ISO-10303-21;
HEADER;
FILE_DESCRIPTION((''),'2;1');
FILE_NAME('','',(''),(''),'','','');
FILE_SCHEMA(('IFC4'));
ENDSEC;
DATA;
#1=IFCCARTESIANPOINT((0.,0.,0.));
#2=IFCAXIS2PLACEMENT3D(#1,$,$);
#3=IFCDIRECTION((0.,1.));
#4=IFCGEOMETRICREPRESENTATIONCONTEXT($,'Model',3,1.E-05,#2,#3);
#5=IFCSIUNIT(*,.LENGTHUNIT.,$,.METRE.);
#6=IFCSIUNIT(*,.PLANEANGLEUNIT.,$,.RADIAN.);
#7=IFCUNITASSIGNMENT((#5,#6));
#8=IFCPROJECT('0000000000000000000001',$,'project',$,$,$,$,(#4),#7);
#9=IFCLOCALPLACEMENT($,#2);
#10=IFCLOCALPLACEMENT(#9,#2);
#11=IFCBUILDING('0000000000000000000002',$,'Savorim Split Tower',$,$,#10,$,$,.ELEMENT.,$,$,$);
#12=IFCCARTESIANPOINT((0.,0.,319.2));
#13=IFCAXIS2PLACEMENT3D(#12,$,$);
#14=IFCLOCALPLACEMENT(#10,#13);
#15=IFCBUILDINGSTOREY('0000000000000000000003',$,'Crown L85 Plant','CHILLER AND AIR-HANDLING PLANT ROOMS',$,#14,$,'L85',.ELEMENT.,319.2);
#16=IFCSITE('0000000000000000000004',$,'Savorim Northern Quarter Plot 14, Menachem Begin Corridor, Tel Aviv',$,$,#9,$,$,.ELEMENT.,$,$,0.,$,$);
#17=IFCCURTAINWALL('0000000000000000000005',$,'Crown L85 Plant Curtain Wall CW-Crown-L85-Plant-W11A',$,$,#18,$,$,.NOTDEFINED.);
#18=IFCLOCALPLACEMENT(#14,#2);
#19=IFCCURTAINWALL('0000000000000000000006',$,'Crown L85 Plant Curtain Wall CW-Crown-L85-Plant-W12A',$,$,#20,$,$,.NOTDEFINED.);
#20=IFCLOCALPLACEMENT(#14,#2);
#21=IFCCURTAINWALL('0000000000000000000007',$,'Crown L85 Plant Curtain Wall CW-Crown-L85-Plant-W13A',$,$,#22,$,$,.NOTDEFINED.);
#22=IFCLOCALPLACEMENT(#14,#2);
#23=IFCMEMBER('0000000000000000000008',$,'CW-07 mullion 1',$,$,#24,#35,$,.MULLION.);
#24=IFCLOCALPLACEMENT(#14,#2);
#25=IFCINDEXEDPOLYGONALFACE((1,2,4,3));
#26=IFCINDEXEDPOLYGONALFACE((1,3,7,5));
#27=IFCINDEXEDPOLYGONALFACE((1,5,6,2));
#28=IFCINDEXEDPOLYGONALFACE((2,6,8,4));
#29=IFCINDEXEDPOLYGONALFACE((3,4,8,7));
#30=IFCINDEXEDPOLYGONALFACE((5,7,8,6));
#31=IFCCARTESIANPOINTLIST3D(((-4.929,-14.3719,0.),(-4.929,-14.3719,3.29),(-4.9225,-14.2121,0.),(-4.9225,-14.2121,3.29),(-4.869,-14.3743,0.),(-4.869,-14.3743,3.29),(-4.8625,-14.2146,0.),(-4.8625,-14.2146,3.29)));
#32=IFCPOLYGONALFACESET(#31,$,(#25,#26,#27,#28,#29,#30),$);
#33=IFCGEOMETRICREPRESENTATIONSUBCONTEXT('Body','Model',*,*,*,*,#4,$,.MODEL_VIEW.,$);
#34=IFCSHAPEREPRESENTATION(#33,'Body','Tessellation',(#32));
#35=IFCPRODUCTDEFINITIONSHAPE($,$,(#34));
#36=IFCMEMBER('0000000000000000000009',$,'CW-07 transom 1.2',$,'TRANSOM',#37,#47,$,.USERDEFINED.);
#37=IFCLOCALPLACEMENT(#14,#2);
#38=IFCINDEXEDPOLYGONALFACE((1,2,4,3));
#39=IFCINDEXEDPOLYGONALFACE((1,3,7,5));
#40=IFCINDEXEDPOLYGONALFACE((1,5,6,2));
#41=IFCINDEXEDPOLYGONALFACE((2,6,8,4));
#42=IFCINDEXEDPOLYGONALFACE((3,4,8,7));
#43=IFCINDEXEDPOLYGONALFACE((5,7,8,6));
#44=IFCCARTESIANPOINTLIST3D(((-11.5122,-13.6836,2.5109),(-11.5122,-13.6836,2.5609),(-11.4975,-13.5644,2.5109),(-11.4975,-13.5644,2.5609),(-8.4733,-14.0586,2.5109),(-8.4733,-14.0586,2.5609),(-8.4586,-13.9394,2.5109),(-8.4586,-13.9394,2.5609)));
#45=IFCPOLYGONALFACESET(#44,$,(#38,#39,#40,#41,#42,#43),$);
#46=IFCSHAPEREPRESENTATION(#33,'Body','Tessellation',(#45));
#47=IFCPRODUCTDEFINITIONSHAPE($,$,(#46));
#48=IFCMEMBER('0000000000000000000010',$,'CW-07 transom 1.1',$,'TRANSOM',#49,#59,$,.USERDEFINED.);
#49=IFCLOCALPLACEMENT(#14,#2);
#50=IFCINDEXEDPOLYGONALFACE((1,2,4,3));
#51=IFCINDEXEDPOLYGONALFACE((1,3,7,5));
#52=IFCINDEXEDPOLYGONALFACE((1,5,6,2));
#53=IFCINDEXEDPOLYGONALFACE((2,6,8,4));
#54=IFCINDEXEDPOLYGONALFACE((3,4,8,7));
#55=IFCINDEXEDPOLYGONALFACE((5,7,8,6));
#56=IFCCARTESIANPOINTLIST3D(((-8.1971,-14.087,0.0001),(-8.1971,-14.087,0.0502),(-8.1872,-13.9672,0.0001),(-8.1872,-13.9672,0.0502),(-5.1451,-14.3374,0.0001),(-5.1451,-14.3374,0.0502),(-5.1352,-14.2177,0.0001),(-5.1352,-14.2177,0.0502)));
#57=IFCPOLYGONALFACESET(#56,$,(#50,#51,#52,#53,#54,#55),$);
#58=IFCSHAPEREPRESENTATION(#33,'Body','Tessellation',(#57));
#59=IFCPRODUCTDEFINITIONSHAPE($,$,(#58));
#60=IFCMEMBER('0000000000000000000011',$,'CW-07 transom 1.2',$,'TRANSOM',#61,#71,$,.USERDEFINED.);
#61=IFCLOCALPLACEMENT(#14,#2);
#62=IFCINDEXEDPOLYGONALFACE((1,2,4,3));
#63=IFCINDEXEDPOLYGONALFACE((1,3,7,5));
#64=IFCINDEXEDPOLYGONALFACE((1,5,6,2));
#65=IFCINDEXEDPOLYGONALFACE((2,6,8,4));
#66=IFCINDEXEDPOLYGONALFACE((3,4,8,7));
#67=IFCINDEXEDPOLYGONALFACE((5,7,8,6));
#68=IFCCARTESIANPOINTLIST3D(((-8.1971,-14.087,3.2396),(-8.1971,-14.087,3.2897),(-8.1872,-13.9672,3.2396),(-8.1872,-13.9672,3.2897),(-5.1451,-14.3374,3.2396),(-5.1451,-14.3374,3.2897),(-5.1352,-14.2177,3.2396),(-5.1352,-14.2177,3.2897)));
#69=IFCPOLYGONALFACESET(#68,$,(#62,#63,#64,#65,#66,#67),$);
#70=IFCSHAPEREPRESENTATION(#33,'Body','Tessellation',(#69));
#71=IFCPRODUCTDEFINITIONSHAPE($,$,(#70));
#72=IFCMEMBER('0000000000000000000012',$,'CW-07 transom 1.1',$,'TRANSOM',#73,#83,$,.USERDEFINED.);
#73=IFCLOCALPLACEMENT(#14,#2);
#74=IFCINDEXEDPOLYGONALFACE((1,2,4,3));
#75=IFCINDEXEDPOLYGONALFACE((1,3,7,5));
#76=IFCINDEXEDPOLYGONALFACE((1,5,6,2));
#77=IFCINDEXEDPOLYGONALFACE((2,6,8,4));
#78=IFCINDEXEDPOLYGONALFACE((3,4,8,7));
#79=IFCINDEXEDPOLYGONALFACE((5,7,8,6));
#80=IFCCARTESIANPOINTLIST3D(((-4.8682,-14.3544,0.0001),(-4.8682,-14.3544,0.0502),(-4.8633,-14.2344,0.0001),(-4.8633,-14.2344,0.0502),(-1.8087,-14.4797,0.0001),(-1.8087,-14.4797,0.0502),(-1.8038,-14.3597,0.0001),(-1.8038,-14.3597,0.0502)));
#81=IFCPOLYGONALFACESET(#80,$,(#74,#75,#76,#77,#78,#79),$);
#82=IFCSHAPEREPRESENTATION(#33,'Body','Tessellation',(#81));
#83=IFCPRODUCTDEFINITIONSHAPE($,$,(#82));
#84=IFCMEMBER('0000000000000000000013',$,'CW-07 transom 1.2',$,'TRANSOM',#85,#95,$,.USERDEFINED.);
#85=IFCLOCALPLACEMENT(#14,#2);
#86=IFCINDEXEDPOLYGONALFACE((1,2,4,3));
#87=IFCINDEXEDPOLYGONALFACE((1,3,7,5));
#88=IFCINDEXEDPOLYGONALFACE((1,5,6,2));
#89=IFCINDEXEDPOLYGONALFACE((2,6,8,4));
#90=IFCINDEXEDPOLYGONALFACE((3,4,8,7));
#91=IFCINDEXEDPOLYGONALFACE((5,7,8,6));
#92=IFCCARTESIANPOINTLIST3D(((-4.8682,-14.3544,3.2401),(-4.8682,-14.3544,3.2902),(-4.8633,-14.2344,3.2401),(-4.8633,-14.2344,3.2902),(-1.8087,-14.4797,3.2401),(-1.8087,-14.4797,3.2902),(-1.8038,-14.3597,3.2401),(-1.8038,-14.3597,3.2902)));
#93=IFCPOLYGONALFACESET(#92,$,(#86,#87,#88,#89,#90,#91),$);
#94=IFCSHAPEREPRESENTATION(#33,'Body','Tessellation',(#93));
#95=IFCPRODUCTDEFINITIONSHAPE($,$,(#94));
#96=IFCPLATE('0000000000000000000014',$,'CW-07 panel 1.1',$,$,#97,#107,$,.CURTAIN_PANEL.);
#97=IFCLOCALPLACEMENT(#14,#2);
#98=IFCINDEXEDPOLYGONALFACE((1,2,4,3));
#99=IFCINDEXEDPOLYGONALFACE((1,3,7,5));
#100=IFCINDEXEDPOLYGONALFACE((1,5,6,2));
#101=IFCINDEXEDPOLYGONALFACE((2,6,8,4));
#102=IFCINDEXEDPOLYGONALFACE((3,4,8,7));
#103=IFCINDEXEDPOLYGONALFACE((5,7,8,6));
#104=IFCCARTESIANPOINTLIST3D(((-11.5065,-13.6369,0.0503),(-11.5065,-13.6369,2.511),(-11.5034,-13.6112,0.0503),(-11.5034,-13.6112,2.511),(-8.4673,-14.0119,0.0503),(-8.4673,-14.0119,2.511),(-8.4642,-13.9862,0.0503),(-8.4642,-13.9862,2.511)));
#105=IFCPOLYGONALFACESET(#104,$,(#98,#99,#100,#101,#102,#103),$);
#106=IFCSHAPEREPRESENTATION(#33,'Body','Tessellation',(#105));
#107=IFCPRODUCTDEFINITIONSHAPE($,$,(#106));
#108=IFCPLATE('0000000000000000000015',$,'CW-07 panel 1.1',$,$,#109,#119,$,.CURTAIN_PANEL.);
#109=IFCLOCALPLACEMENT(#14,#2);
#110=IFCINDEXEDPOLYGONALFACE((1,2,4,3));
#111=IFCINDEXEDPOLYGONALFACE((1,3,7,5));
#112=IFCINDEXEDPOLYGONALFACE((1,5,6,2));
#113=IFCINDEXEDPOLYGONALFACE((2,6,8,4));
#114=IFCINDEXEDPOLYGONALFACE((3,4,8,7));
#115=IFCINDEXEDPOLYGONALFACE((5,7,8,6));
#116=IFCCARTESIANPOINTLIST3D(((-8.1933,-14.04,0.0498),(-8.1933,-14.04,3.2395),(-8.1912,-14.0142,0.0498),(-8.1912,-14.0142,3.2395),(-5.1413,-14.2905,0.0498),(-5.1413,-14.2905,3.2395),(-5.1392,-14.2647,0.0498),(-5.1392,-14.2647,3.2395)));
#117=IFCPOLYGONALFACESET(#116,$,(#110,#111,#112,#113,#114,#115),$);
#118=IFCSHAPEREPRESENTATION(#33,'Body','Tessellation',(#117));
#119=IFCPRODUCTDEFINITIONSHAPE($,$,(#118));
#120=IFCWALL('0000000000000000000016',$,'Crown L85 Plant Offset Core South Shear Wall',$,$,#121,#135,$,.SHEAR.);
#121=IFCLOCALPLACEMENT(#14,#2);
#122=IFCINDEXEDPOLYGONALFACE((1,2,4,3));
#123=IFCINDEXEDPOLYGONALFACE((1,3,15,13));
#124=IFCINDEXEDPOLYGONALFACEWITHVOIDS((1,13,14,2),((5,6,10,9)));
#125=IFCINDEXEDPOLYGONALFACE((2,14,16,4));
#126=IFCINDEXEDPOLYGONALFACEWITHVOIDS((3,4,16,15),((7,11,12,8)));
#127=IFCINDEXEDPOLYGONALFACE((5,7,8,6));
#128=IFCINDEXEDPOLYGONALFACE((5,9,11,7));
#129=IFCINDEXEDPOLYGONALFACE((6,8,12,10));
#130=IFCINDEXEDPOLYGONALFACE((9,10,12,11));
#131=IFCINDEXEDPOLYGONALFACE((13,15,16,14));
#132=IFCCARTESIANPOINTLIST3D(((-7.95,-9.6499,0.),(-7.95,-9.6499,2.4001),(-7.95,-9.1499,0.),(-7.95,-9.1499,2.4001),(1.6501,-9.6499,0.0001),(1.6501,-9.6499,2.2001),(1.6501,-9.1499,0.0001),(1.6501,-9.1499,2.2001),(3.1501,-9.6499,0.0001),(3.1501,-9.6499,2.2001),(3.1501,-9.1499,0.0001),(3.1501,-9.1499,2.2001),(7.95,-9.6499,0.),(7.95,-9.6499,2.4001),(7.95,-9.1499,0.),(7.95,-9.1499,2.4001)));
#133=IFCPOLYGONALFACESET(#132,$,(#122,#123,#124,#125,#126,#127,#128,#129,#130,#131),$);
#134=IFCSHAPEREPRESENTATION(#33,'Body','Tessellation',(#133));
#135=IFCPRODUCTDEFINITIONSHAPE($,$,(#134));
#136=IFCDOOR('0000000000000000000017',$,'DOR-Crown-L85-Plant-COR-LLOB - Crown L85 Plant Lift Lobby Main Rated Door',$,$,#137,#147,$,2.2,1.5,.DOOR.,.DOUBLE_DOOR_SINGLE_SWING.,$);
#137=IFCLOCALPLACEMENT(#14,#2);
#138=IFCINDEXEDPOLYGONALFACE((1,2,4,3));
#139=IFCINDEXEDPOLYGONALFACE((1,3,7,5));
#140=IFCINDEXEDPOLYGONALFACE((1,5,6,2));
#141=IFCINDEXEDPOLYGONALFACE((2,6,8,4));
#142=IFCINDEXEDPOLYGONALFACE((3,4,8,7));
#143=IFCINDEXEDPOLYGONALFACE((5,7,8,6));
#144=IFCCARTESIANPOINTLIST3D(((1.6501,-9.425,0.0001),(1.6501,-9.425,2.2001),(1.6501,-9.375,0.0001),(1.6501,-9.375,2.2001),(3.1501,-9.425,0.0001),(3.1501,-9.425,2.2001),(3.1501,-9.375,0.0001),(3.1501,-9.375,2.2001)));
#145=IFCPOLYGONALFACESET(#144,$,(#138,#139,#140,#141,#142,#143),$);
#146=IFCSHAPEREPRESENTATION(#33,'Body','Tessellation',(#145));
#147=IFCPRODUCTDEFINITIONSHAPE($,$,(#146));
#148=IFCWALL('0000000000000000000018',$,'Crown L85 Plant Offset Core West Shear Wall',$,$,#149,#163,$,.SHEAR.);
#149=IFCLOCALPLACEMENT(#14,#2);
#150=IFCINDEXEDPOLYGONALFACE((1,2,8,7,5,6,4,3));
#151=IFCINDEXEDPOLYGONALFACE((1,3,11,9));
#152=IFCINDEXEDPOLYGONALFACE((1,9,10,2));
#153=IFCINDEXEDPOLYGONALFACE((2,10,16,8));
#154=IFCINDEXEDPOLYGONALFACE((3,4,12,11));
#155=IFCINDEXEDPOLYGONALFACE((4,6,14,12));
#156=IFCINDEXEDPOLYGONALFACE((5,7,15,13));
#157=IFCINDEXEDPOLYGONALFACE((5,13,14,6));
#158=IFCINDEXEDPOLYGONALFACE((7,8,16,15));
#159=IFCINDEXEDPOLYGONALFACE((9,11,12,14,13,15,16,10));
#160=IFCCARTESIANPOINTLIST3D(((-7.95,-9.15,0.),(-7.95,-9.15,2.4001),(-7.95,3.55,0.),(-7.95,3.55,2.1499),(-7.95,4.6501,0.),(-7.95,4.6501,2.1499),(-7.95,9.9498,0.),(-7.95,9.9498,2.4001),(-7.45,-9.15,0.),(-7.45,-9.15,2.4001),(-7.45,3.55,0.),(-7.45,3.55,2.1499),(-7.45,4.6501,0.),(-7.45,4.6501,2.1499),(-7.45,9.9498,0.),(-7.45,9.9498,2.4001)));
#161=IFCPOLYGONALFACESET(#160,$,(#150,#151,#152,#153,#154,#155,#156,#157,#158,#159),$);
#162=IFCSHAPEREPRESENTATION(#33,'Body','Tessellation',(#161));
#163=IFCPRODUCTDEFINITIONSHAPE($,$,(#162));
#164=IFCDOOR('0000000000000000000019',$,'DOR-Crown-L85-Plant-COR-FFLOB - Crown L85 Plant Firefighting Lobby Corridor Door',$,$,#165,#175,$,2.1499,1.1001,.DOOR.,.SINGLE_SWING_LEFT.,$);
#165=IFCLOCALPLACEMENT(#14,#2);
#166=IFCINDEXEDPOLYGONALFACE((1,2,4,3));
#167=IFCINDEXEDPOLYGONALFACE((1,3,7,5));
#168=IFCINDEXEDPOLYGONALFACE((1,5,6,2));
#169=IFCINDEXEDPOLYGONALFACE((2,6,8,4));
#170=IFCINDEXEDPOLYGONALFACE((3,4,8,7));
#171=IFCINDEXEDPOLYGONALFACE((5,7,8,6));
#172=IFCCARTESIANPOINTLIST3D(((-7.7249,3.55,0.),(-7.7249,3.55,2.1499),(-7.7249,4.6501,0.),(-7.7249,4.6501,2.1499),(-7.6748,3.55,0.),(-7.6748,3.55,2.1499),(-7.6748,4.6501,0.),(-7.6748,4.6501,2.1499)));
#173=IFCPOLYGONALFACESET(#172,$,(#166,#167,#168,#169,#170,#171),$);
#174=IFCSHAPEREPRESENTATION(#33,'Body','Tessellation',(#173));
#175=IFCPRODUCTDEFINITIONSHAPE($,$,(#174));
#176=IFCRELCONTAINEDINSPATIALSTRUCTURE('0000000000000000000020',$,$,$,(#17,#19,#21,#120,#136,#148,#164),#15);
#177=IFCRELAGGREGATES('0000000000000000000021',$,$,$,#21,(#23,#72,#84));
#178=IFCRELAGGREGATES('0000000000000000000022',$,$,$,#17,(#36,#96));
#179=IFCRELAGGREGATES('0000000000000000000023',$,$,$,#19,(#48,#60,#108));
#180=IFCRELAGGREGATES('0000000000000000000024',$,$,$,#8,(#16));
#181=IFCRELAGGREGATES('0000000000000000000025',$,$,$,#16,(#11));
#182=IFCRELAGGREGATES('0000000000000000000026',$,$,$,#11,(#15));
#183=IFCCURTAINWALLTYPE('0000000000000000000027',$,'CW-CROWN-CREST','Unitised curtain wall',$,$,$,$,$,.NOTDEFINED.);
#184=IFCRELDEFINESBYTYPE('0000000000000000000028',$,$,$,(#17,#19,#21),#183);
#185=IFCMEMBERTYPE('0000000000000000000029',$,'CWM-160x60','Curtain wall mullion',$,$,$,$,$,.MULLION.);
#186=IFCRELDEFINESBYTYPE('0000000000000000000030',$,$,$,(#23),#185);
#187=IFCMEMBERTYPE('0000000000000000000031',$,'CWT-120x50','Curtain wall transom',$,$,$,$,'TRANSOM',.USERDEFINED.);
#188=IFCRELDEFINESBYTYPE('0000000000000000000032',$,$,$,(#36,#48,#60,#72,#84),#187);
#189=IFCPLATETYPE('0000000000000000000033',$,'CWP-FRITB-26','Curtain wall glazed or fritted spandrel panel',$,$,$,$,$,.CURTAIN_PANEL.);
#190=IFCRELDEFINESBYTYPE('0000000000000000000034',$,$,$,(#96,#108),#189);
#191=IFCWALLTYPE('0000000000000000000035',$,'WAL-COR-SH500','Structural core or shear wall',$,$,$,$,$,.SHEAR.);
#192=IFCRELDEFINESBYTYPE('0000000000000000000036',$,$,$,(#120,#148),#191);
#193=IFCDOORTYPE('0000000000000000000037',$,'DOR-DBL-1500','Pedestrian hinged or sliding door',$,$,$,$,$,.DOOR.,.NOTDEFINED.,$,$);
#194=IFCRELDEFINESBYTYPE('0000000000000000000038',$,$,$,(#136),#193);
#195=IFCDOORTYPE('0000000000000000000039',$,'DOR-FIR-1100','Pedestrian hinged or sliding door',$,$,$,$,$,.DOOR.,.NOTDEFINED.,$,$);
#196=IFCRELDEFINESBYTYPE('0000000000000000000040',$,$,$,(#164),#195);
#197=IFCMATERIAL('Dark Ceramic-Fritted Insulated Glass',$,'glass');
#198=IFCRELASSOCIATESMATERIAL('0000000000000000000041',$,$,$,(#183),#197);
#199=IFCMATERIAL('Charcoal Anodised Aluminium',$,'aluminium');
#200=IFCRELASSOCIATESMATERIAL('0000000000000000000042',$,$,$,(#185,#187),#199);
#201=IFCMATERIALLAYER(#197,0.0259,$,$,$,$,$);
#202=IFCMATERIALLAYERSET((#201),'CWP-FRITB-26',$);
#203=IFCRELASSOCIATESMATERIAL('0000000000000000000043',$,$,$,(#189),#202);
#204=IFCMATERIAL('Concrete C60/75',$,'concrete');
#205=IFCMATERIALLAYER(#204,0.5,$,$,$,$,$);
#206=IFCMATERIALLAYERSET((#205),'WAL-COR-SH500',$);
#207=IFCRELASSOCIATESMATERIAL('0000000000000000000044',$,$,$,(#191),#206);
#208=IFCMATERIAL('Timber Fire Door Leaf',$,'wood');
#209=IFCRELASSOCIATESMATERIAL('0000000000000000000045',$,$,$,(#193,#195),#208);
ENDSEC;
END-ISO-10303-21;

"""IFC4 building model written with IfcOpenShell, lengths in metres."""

from ifc_helpers import new_model, si_unit, direction, frame, frame_2d, origin, origin_2d, place, context, subcontext, project, spatial, rectangle, extrude, material, layer, layer_set, material_profile, profile_set, type_object, element, fill, aggregate, save


model = new_model("IFC4")

# Units and contexts
model_context = context("Model", 3, precision=1e-05, world=origin(), true_north=direction((0.0, 1.0)))
body_context = subcontext(model_context, "Body", "Model", "MODEL_VIEW")
ifc_project = project(units=[si_unit("LENGTHUNIT", "METRE"), si_unit("PLANEANGLEUNIT", "RADIAN")], contexts=[model_context])

# Site, building, storey
site_placement = place(None, origin())
site = spatial("IfcSite", under=ifc_project, at=site_placement, Name="Savorim Northern Quarter Plot 14, Menachem Begin Corridor, Tel Aviv", CompositionType="ELEMENT", RefElevation=0.0)
building_placement = place(site_placement, origin())
building = spatial("IfcBuilding", under=site, at=building_placement, Name="Savorim Split Tower", CompositionType="ELEMENT")
storey_placement = place(building_placement, frame((0.0, 0.0, 319.2)))
storey = spatial("IfcBuildingStorey", under=building, at=storey_placement, Name="Crown L85 Plant", Description="CHILLER AND AIR-HANDLING PLANT ROOMS", LongName="L85", CompositionType="ELEMENT", Elevation=319.2)

# Curtain wall
ifc_material_1 = material(Name="Dark Ceramic-Fritted Insulated Glass", Category="glass")
curtain_wall_type = type_object("IfcCurtainWallType", Name="CW-CROWN-CREST", Description="Unitised curtain wall", PredefinedType="NOTDEFINED", material=ifc_material_1)
curtain_wall_1_placement = place(storey_placement, origin())
curtain_wall_1 = element("IfcCurtainWall", 1, at=curtain_wall_1_placement, inside=storey, type_object=curtain_wall_type, Name="Crown L85 Plant Curtain Wall CW-Crown-L85-Plant-W11A", PredefinedType="NOTDEFINED")
ifc_material_2 = material(Name="Charcoal Anodised Aluminium", Category="aluminium")
ifc_material_profile_1 = material_profile(ifc_material_2, rectangle(XDim=0.1599, YDim=0.0601, at=origin_2d()), Name="ALU-M 160x60")
ifc_profile_set_1 = profile_set([ifc_material_profile_1], Name="Charcoal Anodised Aluminium")
member_type_1 = type_object("IfcMemberType", Name="CWM-160x60", Description="Curtain wall mullion", PredefinedType="MULLION", material=ifc_profile_set_1)

# Curtain wall
curtain_wall_2_placement = place(storey_placement, origin())
curtain_wall_2 = element("IfcCurtainWall", 2, at=curtain_wall_2_placement, inside=storey, type_object=curtain_wall_type, Name="Crown L85 Plant Curtain Wall CW-Crown-L85-Plant-W12A", PredefinedType="NOTDEFINED")

# Curtain wall, member
curtain_wall_3_placement = place(storey_placement, origin())
curtain_wall_3 = element("IfcCurtainWall", 3, at=curtain_wall_3_placement, inside=storey, type_object=curtain_wall_type, Name="Crown L85 Plant Curtain Wall CW-Crown-L85-Plant-W13A", PredefinedType="NOTDEFINED")
member_1_placement = place(storey_placement, frame((-4.8958, -14.2932, 0.0), z_axis=(0.0, 0.0, 1.0), x_axis=(0.040883, 0.999164, 0.0)))
member_1 = element("IfcMember", 4, at=member_1_placement, type_object=member_type_1, Name="CW-07 mullion 1", PredefinedType="MULLION", context=body_context, shape_type="SweptSolid", body=[
    extrude(rectangle(XDim=0.1599, YDim=0.0601, at=origin_2d()), origin(), (0.0, 0.0, 1.0), 3.29),
])

# Members
ifc_material_profile_2 = material_profile(ifc_material_2, rectangle(XDim=0.1201, YDim=0.05, at=origin_2d()), Name="ALU-T 120x50")
ifc_profile_set_2 = profile_set([ifc_material_profile_2], Name="Charcoal Anodised Aluminium")
member_type_2 = type_object("IfcMemberType", Name="CWT-120x50", Description="Curtain wall transom", ElementType="TRANSOM", PredefinedType="USERDEFINED", material=ifc_profile_set_2)
member_2_placement = place(storey_placement, frame((-11.5049, -13.624, 2.5359), z_axis=(0.992473, -0.122465, 0.0), x_axis=(0.122465, 0.992473, 0.0)))
member_2 = element("IfcMember", 5, at=member_2_placement, type_object=member_type_2, Name="CW-07 transom 1.2", ObjectType="TRANSOM", PredefinedType="USERDEFINED", context=body_context, shape_type="SweptSolid", body=[
    extrude(rectangle(XDim=0.1201, YDim=0.05, at=origin_2d()), origin(), (0.0, 0.0, 1.0), 3.062),
])
member_3_placement = place(storey_placement, frame((-8.1921, -14.0271, 0.0251), z_axis=(0.996649, -0.081798, 0.0), x_axis=(0.081798, 0.996649, 0.0)))
member_3 = element("IfcMember", 6, at=member_3_placement, type_object=member_type_2, Name="CW-07 transom 1.1", ObjectType="TRANSOM", PredefinedType="USERDEFINED", context=body_context, shape_type="SweptSolid", body=[
    extrude(rectangle(XDim=0.1201, YDim=0.05, at=origin_2d()), origin(), (0.0, 0.0, 1.0), 3.0623),
])
member_4_placement = place(storey_placement, frame((-8.1921, -14.0271, 3.2646), z_axis=(0.996649, -0.081798, 0.0), x_axis=(0.081798, 0.996649, 0.0)))
member_4 = element("IfcMember", 7, at=member_4_placement, type_object=member_type_2, Name="CW-07 transom 1.2", ObjectType="TRANSOM", PredefinedType="USERDEFINED", context=body_context, shape_type="SweptSolid", body=[
    extrude(rectangle(XDim=0.1201, YDim=0.05, at=origin_2d()), origin(), (0.0, 0.0, 1.0), 3.0623),
])
member_5_placement = place(storey_placement, frame((-4.8657, -14.2944, 0.0251), z_axis=(0.999163, -0.040901, 0.0), x_axis=(0.040901, 0.999163, 0.0)))
member_5 = element("IfcMember", 8, at=member_5_placement, type_object=member_type_2, Name="CW-07 transom 1.1", ObjectType="TRANSOM", PredefinedType="USERDEFINED", context=body_context, shape_type="SweptSolid", body=[
    extrude(rectangle(XDim=0.1201, YDim=0.05, at=origin_2d()), origin(), (0.0, 0.0, 1.0), 3.062),
])
member_6_placement = place(storey_placement, frame((-4.8657, -14.2944, 3.2651), z_axis=(0.999163, -0.040901, 0.0), x_axis=(0.040901, 0.999163, 0.0)))
member_6 = element("IfcMember", 9, at=member_6_placement, type_object=member_type_2, Name="CW-07 transom 1.2", ObjectType="TRANSOM", PredefinedType="USERDEFINED", context=body_context, shape_type="SweptSolid", body=[
    extrude(rectangle(XDim=0.1201, YDim=0.05, at=origin_2d()), origin(), (0.0, 0.0, 1.0), 3.062),
])
aggregate(curtain_wall_3, [member_1, member_5, member_6])

# Plates
ifc_layer_1 = layer(ifc_material_1, 0.0259)
ifc_layer_set_1 = layer_set([ifc_layer_1], Name="CWP-FRITB-26")
plate_type = type_object("IfcPlateType", Name="CWP-FRITB-26", Description="Curtain wall glazed or fritted spandrel panel", PredefinedType="CURTAIN_PANEL", material=ifc_layer_set_1)
plate_1_placement = place(storey_placement, frame((-9.9854, -13.8115, 0.0503), z_axis=(0.0, 0.0, 1.0), x_axis=(0.992473, -0.122464, 0.0)))
plate_1 = element("IfcPlate", 10, at=plate_1_placement, type_object=plate_type, Name="CW-07 panel 1.1", PredefinedType="CURTAIN_PANEL", context=body_context, shape_type="SweptSolid", body=[
    extrude(rectangle(XDim=3.0623, YDim=0.0259, at=origin_2d()), origin(), (0.0, 0.0, 1.0), 2.4607),
])
aggregate(curtain_wall_1, [member_2, plate_1])
plate_2_placement = place(storey_placement, frame((-6.6663, -14.1523, 0.0498), z_axis=(0.0, 0.0, 1.0), x_axis=(0.996649, -0.081797, 0.0)))
plate_2 = element("IfcPlate", 11, at=plate_2_placement, type_object=plate_type, Name="CW-07 panel 1.1", PredefinedType="CURTAIN_PANEL", context=body_context, shape_type="SweptSolid", body=[
    extrude(rectangle(XDim=3.0623, YDim=0.0259, at=origin_2d()), origin(), (0.0, 0.0, 1.0), 3.1897),
])
aggregate(curtain_wall_2, [member_3, member_4, plate_2])

# Walls, openings, doors
ifc_material_3 = material(Name="Concrete C60/75", Category="concrete")
ifc_layer_2 = layer(ifc_material_3, 0.5)
ifc_layer_set_2 = layer_set([ifc_layer_2], Name="WAL-COR-SH500")
wall_type_1 = type_object("IfcWallType", Name="WAL-COR-SH500", Description="Structural core or shear wall", PredefinedType="SHEAR", material=ifc_layer_set_2)
wall_1_placement = place(storey_placement, frame((-7.95, -9.3999, 0.0), z_axis=(0.0, 0.0, 1.0), x_axis=(1.0, 0.0, 0.0)))
wall_1 = element("IfcWall", 12, at=wall_1_placement, inside=storey, type_object=wall_type_1, Name="Crown L85 Plant Offset Core South Shear Wall", PredefinedType="SHEAR", context=body_context, shape_type="SweptSolid", body=[
    extrude(rectangle(XDim=15.8999, YDim=0.5, at=frame_2d((7.95, 0.0))), origin(), (0.0, 0.0, 1.0), 2.4001),
])
opening_1_placement = place(wall_1_placement, frame((9.6001, 0.0, 0.0)))
opening_1 = element("IfcOpeningElement", 13, at=opening_1_placement, cuts=wall_1, PredefinedType="OPENING", context=body_context, shape_type="SweptSolid", body=[
    extrude(rectangle(XDim=1.5, YDim=2.2, at=frame_2d((0.75, 1.1001))), frame((0.0, 0.26, 0.0), z_axis=(0.0, -1.0, 0.0), x_axis=(1.0, 0.0, 0.0)), (0.0, 0.0, 1.0), 0.52),
])
ifc_material_4 = material(Name="Timber Fire Door Leaf", Category="wood")
door_type_1 = type_object("IfcDoorType", Name="DOR-DBL-1500", Description="Pedestrian hinged or sliding door", OperationType="NOTDEFINED", PredefinedType="DOOR", material=ifc_material_4)
door_1_placement = place(opening_1_placement, origin())
door_1 = element("IfcDoor", 14, at=door_1_placement, inside=storey, type_object=door_type_1, Name="DOR-Crown-L85-Plant-COR-LLOB - Crown L85 Plant Lift Lobby Main Rated Door", OperationType="DOUBLE_DOOR_SINGLE_SWING", OverallHeight=2.2, OverallWidth=1.5, PredefinedType="DOOR", context=body_context, shape_type="SweptSolid", body=[
    extrude(rectangle(XDim=1.5, YDim=2.2, at=frame_2d((0.75, 1.1001))), frame((0.0, 0.0249, 0.0), z_axis=(0.0, -1.0, 0.0), x_axis=(1.0, 0.0, 0.0)), (0.0, 0.0, 1.0), 0.05),
])
fill(opening_1, door_1)
wall_2_placement = place(storey_placement, frame((-7.7, -9.1499, 0.0), z_axis=(0.0, 0.0, 1.0), x_axis=(0.0, 1.0, 0.0)))
wall_2 = element("IfcWall", 15, at=wall_2_placement, inside=storey, type_object=wall_type_1, Name="Crown L85 Plant Offset Core West Shear Wall", PredefinedType="SHEAR", context=body_context, shape_type="SweptSolid", body=[
    extrude(rectangle(XDim=19.0999, YDim=0.5, at=frame_2d((9.5498, 0.0))), origin(), (0.0, 0.0, 1.0), 2.4001),
])
opening_2_placement = place(wall_2_placement, frame((12.7, 0.0, 0.0)))
opening_2 = element("IfcOpeningElement", 16, at=opening_2_placement, cuts=wall_2, PredefinedType="OPENING", context=body_context, shape_type="SweptSolid", body=[
    extrude(rectangle(XDim=1.1001, YDim=2.1499, at=frame_2d((0.55, 1.075))), frame((0.0, 0.26, 0.0), z_axis=(0.0, -1.0, 0.0), x_axis=(1.0, 0.0, 0.0)), (0.0, 0.0, 1.0), 0.52),
])
door_type_2 = type_object("IfcDoorType", Name="DOR-FIR-1100", Description="Pedestrian hinged or sliding door", OperationType="NOTDEFINED", PredefinedType="DOOR", material=ifc_material_4)
door_2_placement = place(opening_2_placement, origin())
door_2 = element("IfcDoor", 17, at=door_2_placement, inside=storey, type_object=door_type_2, Name="DOR-Crown-L85-Plant-COR-FFLOB - Crown L85 Plant Firefighting Lobby Corridor Door", OperationType="SINGLE_SWING_LEFT", OverallHeight=2.1499, OverallWidth=1.1001, PredefinedType="DOOR", context=body_context, shape_type="SweptSolid", body=[
    extrude(rectangle(XDim=1.1001, YDim=2.1499, at=frame_2d((0.55, 1.075))), frame((0.0, 0.0249, 0.0), z_axis=(0.0, -1.0, 0.0), x_axis=(1.0, 0.0, 0.0)), (0.0, 0.0, 1.0), 0.05),
])
fill(opening_2, door_2)

save(model, "model.ifc")
